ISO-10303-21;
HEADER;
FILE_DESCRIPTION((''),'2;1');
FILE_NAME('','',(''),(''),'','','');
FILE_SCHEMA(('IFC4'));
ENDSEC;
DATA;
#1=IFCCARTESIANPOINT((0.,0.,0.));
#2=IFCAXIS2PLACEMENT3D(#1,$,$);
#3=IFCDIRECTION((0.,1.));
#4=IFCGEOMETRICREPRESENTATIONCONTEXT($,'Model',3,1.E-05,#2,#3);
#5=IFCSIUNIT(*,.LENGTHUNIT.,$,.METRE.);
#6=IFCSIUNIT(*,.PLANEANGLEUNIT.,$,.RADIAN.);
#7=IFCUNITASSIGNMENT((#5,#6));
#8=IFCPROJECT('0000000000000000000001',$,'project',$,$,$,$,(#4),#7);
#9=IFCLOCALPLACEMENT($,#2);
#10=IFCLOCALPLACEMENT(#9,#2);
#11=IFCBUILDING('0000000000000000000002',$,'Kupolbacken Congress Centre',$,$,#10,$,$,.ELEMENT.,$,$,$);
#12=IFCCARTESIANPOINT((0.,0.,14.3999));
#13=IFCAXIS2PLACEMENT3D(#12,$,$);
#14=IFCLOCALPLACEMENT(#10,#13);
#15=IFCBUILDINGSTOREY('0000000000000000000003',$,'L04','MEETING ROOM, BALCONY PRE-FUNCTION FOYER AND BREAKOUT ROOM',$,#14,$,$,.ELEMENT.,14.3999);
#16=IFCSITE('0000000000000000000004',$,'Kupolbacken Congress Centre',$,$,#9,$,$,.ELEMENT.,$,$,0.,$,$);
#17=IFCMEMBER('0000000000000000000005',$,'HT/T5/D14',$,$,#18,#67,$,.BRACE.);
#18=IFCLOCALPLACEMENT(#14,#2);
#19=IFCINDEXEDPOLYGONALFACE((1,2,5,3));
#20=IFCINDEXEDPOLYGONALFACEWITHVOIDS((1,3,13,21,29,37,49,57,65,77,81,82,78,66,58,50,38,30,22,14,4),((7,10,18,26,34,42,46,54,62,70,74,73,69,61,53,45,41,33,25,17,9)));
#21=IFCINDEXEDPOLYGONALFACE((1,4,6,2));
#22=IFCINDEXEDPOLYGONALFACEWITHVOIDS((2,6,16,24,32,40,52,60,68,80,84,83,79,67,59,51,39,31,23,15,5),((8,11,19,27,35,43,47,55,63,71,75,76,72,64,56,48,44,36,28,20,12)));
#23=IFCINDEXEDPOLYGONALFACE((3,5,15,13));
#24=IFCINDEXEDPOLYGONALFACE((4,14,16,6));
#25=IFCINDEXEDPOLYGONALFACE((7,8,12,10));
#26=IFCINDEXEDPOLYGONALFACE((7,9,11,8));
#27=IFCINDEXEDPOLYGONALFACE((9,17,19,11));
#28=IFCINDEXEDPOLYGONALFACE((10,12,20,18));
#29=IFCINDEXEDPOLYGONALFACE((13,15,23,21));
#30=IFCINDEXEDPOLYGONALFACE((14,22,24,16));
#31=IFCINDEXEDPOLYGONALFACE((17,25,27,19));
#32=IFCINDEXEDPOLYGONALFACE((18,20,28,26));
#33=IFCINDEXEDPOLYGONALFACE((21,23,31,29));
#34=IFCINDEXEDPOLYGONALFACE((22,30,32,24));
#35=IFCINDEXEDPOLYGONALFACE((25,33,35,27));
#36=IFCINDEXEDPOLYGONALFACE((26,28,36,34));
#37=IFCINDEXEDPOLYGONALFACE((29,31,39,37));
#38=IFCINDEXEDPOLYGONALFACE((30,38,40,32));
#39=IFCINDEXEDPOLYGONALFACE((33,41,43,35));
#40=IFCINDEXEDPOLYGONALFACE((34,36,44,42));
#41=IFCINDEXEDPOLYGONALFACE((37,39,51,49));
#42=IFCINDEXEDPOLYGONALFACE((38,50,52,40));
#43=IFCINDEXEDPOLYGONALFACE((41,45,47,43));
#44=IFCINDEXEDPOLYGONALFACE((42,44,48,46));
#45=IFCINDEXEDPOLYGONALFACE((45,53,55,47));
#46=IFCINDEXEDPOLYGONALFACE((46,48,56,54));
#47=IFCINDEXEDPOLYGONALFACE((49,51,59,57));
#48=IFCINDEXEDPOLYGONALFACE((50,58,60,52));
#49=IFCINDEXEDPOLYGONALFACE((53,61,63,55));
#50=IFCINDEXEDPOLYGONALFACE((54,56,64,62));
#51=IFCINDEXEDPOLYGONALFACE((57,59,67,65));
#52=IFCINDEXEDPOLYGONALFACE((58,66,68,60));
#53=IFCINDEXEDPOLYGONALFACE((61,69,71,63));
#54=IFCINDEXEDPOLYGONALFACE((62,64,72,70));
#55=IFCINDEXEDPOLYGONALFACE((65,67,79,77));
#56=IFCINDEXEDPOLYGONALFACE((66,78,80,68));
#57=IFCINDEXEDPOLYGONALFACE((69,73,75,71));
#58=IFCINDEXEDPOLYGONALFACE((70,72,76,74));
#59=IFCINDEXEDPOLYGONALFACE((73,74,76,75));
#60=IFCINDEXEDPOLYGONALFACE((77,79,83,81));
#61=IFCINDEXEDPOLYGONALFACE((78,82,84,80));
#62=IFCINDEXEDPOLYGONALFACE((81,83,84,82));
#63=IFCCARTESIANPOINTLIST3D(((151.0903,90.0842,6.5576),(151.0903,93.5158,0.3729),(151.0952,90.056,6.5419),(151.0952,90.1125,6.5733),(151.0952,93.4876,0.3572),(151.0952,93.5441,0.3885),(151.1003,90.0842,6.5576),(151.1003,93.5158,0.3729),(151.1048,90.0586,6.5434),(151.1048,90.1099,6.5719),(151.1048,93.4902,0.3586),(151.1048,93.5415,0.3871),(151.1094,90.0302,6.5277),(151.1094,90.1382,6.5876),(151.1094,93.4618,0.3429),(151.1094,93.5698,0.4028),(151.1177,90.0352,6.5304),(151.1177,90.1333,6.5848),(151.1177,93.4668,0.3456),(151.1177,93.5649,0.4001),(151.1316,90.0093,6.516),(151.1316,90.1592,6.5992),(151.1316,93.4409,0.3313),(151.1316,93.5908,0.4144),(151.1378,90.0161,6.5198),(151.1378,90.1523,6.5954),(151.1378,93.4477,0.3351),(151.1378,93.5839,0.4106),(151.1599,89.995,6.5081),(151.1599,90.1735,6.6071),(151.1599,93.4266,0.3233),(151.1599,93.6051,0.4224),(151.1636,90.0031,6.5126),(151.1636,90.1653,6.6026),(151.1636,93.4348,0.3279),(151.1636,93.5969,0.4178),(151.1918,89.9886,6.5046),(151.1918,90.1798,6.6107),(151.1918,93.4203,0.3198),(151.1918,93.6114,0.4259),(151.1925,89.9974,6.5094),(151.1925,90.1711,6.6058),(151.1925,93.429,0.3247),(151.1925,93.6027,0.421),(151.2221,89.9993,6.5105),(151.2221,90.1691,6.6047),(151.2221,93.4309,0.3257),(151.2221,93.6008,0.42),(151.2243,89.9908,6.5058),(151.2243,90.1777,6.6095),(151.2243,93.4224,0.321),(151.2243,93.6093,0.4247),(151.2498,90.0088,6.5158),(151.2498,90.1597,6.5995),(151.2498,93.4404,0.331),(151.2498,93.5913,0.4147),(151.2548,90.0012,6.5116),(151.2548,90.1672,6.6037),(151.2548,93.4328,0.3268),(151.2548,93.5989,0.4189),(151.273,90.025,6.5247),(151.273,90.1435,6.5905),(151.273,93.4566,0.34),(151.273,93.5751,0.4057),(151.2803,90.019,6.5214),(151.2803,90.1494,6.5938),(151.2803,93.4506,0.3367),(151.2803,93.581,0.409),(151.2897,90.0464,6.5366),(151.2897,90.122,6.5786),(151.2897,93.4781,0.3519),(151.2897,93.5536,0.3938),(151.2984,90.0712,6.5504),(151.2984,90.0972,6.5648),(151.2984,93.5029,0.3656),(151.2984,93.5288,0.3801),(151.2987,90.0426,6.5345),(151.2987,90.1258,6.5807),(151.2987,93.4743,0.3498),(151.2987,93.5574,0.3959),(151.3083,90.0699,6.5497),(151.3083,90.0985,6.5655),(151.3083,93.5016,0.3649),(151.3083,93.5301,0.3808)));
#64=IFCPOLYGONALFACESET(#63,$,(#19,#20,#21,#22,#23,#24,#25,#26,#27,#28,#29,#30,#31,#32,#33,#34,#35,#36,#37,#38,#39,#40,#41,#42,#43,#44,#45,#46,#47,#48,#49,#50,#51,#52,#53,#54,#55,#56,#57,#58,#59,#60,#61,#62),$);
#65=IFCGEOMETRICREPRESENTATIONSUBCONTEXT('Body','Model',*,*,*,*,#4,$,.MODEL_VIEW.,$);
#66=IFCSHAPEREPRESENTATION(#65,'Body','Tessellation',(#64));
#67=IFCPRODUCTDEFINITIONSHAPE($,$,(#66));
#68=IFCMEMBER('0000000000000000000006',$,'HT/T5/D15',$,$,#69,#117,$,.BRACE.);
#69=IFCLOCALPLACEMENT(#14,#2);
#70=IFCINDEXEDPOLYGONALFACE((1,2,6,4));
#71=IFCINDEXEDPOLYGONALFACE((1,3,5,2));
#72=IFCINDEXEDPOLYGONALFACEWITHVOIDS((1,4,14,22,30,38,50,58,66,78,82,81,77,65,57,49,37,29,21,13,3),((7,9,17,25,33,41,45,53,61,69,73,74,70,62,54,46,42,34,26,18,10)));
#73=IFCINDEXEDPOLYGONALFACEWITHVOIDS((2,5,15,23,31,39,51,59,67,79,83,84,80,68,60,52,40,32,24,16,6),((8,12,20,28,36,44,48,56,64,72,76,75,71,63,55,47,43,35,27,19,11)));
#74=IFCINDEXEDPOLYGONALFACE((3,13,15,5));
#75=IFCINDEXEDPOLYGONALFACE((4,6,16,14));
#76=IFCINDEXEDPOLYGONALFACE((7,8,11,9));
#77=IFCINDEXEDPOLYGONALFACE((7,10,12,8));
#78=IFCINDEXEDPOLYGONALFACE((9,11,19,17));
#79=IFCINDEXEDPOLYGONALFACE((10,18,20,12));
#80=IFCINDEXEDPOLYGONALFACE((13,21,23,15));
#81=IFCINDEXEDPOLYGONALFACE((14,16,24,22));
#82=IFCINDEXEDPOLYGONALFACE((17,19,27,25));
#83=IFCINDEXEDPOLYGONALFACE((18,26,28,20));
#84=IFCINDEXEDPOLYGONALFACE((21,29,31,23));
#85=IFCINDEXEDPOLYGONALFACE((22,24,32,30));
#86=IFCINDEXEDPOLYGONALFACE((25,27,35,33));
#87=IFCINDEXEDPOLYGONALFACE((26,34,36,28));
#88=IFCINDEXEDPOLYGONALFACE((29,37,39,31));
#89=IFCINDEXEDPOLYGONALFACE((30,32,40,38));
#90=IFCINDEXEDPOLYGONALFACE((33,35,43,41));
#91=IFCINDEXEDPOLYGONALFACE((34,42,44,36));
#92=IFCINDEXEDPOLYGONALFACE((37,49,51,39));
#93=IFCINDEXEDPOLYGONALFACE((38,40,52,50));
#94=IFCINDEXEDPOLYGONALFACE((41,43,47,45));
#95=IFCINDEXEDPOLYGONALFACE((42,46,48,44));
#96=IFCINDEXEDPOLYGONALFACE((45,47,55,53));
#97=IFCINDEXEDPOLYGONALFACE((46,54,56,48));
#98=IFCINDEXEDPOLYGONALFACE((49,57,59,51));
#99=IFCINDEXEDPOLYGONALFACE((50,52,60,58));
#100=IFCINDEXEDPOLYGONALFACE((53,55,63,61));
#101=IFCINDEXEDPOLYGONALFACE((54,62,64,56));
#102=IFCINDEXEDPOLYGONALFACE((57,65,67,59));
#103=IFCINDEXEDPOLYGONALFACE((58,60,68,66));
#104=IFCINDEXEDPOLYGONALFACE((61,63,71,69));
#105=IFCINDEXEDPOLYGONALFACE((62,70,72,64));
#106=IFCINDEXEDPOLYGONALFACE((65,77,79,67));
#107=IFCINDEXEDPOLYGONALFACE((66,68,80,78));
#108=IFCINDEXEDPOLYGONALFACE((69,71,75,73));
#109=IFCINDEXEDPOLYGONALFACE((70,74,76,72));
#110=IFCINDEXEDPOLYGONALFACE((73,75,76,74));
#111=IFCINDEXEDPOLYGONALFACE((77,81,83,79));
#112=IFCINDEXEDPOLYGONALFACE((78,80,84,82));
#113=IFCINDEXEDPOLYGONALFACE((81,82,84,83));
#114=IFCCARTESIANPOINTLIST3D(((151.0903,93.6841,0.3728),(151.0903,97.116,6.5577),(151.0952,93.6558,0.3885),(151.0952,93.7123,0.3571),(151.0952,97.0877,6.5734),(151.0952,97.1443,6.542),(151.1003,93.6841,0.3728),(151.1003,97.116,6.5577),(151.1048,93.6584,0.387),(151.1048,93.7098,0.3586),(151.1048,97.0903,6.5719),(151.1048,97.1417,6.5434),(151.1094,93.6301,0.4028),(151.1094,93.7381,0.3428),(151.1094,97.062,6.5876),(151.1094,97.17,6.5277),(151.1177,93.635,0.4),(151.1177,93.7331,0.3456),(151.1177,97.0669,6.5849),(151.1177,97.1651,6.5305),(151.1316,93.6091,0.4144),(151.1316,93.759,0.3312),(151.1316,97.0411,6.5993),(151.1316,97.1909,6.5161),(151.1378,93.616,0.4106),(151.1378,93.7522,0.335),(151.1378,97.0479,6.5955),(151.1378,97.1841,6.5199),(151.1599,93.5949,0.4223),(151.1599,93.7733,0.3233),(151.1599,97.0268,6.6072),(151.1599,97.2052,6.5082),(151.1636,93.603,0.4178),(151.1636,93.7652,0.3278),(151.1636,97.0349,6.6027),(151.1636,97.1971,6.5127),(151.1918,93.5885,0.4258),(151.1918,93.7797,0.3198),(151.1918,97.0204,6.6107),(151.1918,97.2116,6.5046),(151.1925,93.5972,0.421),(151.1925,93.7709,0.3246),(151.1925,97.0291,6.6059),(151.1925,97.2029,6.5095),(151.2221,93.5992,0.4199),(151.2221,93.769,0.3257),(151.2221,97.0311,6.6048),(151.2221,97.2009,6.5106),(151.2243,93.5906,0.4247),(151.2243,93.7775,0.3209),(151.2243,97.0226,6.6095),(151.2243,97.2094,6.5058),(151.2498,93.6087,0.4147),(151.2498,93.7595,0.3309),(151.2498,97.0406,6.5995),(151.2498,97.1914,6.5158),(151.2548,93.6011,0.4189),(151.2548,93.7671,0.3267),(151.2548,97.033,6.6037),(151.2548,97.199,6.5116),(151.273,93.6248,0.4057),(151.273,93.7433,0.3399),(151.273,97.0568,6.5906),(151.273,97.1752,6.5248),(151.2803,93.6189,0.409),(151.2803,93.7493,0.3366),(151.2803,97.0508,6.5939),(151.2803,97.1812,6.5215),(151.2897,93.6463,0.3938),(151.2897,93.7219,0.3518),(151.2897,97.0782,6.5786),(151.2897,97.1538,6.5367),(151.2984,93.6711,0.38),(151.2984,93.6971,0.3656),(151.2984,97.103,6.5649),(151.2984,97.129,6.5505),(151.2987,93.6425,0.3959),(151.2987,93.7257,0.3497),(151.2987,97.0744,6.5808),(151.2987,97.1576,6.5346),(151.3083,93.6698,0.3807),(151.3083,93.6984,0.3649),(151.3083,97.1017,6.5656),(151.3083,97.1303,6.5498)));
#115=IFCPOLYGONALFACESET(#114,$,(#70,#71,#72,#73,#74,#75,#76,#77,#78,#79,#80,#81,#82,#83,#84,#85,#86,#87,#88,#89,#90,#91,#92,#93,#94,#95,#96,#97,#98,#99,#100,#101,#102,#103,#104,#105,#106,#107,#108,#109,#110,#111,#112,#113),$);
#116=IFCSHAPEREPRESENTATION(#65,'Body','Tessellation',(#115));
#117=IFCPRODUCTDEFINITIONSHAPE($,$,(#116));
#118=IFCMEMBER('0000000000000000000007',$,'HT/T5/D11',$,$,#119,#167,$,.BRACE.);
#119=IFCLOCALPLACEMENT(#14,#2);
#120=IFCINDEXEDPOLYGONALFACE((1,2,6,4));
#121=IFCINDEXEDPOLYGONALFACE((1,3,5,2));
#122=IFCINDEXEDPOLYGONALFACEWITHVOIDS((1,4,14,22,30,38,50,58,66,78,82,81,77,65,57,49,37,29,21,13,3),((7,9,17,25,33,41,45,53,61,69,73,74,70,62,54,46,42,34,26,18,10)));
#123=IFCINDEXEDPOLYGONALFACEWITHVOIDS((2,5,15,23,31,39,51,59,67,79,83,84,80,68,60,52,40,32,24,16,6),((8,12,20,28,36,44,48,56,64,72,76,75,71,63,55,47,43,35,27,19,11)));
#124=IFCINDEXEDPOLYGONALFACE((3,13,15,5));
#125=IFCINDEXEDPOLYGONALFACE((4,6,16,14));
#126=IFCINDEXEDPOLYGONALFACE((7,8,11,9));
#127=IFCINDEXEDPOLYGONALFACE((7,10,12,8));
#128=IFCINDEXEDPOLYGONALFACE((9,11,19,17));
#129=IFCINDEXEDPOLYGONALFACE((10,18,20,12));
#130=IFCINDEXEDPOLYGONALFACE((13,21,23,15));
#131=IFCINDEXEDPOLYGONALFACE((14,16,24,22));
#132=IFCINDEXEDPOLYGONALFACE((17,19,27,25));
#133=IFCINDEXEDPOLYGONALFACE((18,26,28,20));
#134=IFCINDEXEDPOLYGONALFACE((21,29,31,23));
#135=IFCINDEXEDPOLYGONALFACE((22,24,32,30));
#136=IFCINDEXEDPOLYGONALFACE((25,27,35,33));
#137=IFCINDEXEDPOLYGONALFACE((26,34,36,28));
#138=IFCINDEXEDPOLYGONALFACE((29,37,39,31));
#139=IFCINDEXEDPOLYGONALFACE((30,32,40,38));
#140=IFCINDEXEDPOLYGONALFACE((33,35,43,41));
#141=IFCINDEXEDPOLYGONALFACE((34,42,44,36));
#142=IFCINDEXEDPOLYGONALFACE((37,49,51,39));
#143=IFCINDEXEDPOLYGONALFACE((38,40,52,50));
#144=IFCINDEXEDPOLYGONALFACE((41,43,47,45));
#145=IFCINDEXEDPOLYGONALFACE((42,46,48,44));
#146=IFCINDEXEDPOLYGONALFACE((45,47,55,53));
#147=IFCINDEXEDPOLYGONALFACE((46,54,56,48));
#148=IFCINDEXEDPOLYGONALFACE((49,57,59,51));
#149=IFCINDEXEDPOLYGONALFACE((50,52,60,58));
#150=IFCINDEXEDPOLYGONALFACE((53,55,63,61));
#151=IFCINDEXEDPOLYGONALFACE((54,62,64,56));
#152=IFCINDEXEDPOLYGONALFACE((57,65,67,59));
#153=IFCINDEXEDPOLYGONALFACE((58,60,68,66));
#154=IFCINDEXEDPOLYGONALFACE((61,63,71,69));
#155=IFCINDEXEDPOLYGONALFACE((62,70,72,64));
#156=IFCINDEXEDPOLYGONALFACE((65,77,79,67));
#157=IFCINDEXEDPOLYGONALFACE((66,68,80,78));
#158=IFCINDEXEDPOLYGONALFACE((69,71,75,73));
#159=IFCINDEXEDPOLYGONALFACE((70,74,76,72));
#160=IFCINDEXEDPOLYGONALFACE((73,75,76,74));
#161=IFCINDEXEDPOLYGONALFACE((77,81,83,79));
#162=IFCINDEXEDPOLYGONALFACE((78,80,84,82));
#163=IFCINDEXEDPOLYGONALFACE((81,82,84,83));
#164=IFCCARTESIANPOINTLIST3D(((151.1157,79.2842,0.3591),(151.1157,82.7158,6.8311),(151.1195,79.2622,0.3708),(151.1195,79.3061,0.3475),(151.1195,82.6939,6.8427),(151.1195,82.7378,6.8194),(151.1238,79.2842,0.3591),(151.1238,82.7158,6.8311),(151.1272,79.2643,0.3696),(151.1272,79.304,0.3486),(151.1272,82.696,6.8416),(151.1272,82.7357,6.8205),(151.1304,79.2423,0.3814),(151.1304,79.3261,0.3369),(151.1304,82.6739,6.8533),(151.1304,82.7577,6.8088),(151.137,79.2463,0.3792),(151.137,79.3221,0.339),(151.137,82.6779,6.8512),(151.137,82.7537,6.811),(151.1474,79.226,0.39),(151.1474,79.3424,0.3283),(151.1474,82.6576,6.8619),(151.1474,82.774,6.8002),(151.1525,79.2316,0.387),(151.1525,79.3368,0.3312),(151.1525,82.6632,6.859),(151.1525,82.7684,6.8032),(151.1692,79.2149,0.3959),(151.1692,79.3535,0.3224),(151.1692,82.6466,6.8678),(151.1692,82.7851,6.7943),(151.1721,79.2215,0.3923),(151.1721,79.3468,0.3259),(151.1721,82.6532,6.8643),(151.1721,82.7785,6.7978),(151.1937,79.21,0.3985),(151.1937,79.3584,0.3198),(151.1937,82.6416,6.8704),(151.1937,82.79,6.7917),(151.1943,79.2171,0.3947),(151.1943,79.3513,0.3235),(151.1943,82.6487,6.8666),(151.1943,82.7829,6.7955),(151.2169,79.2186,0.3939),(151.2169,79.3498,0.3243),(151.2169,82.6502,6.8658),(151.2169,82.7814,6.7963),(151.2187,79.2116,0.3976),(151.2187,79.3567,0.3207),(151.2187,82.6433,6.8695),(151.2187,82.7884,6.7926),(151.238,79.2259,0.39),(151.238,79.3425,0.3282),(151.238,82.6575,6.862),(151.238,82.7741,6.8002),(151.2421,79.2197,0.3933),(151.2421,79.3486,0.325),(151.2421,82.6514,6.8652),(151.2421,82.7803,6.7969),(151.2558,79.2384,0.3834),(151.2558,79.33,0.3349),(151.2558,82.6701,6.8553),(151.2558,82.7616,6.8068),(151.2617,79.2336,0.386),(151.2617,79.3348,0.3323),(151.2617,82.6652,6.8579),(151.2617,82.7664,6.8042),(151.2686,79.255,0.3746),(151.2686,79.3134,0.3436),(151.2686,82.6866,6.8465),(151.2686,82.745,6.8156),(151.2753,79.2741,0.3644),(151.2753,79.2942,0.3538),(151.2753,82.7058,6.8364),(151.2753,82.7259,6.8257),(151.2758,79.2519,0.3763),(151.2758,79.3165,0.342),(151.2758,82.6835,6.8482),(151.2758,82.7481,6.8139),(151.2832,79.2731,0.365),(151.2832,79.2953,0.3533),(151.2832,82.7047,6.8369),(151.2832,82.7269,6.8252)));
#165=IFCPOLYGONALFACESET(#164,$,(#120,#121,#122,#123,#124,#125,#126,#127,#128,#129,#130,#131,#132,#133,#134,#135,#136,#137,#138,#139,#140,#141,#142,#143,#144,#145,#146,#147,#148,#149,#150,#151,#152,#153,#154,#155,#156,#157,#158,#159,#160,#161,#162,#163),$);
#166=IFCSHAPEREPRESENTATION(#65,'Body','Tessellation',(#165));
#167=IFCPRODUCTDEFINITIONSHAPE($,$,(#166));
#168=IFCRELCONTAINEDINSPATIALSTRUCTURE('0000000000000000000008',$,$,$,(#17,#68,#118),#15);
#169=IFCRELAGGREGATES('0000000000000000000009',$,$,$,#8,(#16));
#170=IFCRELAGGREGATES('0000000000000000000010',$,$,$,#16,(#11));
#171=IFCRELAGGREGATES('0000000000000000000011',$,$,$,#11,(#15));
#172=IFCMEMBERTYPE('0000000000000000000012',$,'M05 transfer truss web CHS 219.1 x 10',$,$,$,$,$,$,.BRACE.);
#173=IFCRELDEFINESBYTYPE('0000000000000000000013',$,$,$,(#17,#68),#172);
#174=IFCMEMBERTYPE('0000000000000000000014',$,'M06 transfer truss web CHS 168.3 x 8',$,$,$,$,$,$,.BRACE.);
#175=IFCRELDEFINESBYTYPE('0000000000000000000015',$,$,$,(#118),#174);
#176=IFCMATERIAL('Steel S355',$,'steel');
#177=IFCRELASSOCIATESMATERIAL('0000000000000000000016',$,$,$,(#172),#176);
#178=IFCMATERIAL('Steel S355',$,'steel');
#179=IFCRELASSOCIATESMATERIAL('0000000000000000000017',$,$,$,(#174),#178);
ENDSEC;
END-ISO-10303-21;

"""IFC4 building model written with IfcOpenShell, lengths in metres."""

from ifc_helpers import new_model, si_unit, direction, frame, origin, origin_2d, place, context, subcontext, project, spatial, hollow_circle, extrude, material, material_profile, profile_set, type_object, element, save


model = new_model("IFC4")

# Units and contexts
model_context = context("Model", 3, precision=1e-05, world=origin(), true_north=direction((0.0, 1.0)))
body_context = subcontext(model_context, "Body", "Model", "MODEL_VIEW")
ifc_project = project(units=[si_unit("LENGTHUNIT", "METRE"), si_unit("PLANEANGLEUNIT", "RADIAN")], contexts=[model_context])

# Site, building, storey
site_placement = place(None, origin())
site = spatial("IfcSite", under=ifc_project, at=site_placement, Name="Kupolbacken Congress Centre", CompositionType="ELEMENT", RefElevation=0.0)
building_placement = place(site_placement, origin())
building = spatial("IfcBuilding", under=site, at=building_placement, Name="Kupolbacken Congress Centre", CompositionType="ELEMENT")
storey_placement = place(building_placement, frame((0.0, 0.0, 14.3999)))
storey = spatial("IfcBuildingStorey", under=building, at=storey_placement, Name="L04", Description="MEETING ROOM, BALCONY PRE-FUNCTION FOYER AND BREAKOUT ROOM", CompositionType="ELEMENT", Elevation=14.3999)

# Members
ifc_material_1 = material(Name="Steel S355", Category="steel")
ifc_material_profile_1 = material_profile(ifc_material_1, hollow_circle(Radius=0.1096, WallThickness=0.01, at=origin_2d()), Name="CHS 219.1 x 10")
ifc_profile_set_1 = profile_set([ifc_material_profile_1], Name="Steel S355")
member_type_1 = type_object("IfcMemberType", Name="M05 transfer truss web CHS 219.1 x 10", PredefinedType="BRACE", material=ifc_profile_set_1)
for number, where, z_axis, x_axis, name in (
    (1, (151.2, 90.0842, 6.5576), (0.0, 0.485171, -0.874419), (-1.0, 0.0, 0.0), "HT/T5/D14"),
):
    element("IfcMember", number, at=place(storey_placement, frame(where, z_axis=z_axis, x_axis=x_axis)), inside=storey, type_object=member_type_1, Name=name, PredefinedType="BRACE", context=body_context, shape_type="SweptSolid", body=[
        extrude(hollow_circle(Radius=0.1096, WallThickness=0.01, at=origin_2d()), origin(), (0.0, 0.0, 1.0), 7.073),
    ])
member_1_placement = place(storey_placement, frame((151.2, 93.6841, 0.3728), z_axis=(0.0, 0.485197, 0.874405), x_axis=(-1.0, 0.0, 0.0)))
element("IfcMember", 2, at=member_1_placement, inside=storey, type_object=member_type_1, Name="HT/T5/D15", PredefinedType="BRACE", context=body_context, shape_type="SweptSolid", body=[
    extrude(hollow_circle(Radius=0.1096, WallThickness=0.01, at=origin_2d()), origin(), (0.0, 0.0, 1.0), 7.0732),
])
ifc_material_2 = material(Name="Steel S355", Category="steel")
ifc_material_profile_2 = material_profile(ifc_material_2, hollow_circle(Radius=0.0842, WallThickness=0.0081, at=origin_2d()), Name="CHS 168.3 x 8")
ifc_profile_set_2 = profile_set([ifc_material_profile_2], Name="Steel S355")
member_type_2 = type_object("IfcMemberType", Name="M06 transfer truss web CHS 168.3 x 8", PredefinedType="BRACE", material=ifc_profile_set_2)
for number, where, z_axis, x_axis, name in (
    (3, (151.2, 79.2842, 0.3591), (0.0, 0.468456, 0.883487), (-1.0, 0.0, 0.0), "HT/T5/D11"),
):
    element("IfcMember", number, at=place(storey_placement, frame(where, z_axis=z_axis, x_axis=x_axis)), inside=storey, type_object=member_type_2, Name=name, PredefinedType="BRACE", context=body_context, shape_type="SweptSolid", body=[
        extrude(hollow_circle(Radius=0.0842, WallThickness=0.0081, at=origin_2d()), origin(), (0.0, 0.0, 1.0), 7.3254),
    ])

save(model, "model.ifc")
